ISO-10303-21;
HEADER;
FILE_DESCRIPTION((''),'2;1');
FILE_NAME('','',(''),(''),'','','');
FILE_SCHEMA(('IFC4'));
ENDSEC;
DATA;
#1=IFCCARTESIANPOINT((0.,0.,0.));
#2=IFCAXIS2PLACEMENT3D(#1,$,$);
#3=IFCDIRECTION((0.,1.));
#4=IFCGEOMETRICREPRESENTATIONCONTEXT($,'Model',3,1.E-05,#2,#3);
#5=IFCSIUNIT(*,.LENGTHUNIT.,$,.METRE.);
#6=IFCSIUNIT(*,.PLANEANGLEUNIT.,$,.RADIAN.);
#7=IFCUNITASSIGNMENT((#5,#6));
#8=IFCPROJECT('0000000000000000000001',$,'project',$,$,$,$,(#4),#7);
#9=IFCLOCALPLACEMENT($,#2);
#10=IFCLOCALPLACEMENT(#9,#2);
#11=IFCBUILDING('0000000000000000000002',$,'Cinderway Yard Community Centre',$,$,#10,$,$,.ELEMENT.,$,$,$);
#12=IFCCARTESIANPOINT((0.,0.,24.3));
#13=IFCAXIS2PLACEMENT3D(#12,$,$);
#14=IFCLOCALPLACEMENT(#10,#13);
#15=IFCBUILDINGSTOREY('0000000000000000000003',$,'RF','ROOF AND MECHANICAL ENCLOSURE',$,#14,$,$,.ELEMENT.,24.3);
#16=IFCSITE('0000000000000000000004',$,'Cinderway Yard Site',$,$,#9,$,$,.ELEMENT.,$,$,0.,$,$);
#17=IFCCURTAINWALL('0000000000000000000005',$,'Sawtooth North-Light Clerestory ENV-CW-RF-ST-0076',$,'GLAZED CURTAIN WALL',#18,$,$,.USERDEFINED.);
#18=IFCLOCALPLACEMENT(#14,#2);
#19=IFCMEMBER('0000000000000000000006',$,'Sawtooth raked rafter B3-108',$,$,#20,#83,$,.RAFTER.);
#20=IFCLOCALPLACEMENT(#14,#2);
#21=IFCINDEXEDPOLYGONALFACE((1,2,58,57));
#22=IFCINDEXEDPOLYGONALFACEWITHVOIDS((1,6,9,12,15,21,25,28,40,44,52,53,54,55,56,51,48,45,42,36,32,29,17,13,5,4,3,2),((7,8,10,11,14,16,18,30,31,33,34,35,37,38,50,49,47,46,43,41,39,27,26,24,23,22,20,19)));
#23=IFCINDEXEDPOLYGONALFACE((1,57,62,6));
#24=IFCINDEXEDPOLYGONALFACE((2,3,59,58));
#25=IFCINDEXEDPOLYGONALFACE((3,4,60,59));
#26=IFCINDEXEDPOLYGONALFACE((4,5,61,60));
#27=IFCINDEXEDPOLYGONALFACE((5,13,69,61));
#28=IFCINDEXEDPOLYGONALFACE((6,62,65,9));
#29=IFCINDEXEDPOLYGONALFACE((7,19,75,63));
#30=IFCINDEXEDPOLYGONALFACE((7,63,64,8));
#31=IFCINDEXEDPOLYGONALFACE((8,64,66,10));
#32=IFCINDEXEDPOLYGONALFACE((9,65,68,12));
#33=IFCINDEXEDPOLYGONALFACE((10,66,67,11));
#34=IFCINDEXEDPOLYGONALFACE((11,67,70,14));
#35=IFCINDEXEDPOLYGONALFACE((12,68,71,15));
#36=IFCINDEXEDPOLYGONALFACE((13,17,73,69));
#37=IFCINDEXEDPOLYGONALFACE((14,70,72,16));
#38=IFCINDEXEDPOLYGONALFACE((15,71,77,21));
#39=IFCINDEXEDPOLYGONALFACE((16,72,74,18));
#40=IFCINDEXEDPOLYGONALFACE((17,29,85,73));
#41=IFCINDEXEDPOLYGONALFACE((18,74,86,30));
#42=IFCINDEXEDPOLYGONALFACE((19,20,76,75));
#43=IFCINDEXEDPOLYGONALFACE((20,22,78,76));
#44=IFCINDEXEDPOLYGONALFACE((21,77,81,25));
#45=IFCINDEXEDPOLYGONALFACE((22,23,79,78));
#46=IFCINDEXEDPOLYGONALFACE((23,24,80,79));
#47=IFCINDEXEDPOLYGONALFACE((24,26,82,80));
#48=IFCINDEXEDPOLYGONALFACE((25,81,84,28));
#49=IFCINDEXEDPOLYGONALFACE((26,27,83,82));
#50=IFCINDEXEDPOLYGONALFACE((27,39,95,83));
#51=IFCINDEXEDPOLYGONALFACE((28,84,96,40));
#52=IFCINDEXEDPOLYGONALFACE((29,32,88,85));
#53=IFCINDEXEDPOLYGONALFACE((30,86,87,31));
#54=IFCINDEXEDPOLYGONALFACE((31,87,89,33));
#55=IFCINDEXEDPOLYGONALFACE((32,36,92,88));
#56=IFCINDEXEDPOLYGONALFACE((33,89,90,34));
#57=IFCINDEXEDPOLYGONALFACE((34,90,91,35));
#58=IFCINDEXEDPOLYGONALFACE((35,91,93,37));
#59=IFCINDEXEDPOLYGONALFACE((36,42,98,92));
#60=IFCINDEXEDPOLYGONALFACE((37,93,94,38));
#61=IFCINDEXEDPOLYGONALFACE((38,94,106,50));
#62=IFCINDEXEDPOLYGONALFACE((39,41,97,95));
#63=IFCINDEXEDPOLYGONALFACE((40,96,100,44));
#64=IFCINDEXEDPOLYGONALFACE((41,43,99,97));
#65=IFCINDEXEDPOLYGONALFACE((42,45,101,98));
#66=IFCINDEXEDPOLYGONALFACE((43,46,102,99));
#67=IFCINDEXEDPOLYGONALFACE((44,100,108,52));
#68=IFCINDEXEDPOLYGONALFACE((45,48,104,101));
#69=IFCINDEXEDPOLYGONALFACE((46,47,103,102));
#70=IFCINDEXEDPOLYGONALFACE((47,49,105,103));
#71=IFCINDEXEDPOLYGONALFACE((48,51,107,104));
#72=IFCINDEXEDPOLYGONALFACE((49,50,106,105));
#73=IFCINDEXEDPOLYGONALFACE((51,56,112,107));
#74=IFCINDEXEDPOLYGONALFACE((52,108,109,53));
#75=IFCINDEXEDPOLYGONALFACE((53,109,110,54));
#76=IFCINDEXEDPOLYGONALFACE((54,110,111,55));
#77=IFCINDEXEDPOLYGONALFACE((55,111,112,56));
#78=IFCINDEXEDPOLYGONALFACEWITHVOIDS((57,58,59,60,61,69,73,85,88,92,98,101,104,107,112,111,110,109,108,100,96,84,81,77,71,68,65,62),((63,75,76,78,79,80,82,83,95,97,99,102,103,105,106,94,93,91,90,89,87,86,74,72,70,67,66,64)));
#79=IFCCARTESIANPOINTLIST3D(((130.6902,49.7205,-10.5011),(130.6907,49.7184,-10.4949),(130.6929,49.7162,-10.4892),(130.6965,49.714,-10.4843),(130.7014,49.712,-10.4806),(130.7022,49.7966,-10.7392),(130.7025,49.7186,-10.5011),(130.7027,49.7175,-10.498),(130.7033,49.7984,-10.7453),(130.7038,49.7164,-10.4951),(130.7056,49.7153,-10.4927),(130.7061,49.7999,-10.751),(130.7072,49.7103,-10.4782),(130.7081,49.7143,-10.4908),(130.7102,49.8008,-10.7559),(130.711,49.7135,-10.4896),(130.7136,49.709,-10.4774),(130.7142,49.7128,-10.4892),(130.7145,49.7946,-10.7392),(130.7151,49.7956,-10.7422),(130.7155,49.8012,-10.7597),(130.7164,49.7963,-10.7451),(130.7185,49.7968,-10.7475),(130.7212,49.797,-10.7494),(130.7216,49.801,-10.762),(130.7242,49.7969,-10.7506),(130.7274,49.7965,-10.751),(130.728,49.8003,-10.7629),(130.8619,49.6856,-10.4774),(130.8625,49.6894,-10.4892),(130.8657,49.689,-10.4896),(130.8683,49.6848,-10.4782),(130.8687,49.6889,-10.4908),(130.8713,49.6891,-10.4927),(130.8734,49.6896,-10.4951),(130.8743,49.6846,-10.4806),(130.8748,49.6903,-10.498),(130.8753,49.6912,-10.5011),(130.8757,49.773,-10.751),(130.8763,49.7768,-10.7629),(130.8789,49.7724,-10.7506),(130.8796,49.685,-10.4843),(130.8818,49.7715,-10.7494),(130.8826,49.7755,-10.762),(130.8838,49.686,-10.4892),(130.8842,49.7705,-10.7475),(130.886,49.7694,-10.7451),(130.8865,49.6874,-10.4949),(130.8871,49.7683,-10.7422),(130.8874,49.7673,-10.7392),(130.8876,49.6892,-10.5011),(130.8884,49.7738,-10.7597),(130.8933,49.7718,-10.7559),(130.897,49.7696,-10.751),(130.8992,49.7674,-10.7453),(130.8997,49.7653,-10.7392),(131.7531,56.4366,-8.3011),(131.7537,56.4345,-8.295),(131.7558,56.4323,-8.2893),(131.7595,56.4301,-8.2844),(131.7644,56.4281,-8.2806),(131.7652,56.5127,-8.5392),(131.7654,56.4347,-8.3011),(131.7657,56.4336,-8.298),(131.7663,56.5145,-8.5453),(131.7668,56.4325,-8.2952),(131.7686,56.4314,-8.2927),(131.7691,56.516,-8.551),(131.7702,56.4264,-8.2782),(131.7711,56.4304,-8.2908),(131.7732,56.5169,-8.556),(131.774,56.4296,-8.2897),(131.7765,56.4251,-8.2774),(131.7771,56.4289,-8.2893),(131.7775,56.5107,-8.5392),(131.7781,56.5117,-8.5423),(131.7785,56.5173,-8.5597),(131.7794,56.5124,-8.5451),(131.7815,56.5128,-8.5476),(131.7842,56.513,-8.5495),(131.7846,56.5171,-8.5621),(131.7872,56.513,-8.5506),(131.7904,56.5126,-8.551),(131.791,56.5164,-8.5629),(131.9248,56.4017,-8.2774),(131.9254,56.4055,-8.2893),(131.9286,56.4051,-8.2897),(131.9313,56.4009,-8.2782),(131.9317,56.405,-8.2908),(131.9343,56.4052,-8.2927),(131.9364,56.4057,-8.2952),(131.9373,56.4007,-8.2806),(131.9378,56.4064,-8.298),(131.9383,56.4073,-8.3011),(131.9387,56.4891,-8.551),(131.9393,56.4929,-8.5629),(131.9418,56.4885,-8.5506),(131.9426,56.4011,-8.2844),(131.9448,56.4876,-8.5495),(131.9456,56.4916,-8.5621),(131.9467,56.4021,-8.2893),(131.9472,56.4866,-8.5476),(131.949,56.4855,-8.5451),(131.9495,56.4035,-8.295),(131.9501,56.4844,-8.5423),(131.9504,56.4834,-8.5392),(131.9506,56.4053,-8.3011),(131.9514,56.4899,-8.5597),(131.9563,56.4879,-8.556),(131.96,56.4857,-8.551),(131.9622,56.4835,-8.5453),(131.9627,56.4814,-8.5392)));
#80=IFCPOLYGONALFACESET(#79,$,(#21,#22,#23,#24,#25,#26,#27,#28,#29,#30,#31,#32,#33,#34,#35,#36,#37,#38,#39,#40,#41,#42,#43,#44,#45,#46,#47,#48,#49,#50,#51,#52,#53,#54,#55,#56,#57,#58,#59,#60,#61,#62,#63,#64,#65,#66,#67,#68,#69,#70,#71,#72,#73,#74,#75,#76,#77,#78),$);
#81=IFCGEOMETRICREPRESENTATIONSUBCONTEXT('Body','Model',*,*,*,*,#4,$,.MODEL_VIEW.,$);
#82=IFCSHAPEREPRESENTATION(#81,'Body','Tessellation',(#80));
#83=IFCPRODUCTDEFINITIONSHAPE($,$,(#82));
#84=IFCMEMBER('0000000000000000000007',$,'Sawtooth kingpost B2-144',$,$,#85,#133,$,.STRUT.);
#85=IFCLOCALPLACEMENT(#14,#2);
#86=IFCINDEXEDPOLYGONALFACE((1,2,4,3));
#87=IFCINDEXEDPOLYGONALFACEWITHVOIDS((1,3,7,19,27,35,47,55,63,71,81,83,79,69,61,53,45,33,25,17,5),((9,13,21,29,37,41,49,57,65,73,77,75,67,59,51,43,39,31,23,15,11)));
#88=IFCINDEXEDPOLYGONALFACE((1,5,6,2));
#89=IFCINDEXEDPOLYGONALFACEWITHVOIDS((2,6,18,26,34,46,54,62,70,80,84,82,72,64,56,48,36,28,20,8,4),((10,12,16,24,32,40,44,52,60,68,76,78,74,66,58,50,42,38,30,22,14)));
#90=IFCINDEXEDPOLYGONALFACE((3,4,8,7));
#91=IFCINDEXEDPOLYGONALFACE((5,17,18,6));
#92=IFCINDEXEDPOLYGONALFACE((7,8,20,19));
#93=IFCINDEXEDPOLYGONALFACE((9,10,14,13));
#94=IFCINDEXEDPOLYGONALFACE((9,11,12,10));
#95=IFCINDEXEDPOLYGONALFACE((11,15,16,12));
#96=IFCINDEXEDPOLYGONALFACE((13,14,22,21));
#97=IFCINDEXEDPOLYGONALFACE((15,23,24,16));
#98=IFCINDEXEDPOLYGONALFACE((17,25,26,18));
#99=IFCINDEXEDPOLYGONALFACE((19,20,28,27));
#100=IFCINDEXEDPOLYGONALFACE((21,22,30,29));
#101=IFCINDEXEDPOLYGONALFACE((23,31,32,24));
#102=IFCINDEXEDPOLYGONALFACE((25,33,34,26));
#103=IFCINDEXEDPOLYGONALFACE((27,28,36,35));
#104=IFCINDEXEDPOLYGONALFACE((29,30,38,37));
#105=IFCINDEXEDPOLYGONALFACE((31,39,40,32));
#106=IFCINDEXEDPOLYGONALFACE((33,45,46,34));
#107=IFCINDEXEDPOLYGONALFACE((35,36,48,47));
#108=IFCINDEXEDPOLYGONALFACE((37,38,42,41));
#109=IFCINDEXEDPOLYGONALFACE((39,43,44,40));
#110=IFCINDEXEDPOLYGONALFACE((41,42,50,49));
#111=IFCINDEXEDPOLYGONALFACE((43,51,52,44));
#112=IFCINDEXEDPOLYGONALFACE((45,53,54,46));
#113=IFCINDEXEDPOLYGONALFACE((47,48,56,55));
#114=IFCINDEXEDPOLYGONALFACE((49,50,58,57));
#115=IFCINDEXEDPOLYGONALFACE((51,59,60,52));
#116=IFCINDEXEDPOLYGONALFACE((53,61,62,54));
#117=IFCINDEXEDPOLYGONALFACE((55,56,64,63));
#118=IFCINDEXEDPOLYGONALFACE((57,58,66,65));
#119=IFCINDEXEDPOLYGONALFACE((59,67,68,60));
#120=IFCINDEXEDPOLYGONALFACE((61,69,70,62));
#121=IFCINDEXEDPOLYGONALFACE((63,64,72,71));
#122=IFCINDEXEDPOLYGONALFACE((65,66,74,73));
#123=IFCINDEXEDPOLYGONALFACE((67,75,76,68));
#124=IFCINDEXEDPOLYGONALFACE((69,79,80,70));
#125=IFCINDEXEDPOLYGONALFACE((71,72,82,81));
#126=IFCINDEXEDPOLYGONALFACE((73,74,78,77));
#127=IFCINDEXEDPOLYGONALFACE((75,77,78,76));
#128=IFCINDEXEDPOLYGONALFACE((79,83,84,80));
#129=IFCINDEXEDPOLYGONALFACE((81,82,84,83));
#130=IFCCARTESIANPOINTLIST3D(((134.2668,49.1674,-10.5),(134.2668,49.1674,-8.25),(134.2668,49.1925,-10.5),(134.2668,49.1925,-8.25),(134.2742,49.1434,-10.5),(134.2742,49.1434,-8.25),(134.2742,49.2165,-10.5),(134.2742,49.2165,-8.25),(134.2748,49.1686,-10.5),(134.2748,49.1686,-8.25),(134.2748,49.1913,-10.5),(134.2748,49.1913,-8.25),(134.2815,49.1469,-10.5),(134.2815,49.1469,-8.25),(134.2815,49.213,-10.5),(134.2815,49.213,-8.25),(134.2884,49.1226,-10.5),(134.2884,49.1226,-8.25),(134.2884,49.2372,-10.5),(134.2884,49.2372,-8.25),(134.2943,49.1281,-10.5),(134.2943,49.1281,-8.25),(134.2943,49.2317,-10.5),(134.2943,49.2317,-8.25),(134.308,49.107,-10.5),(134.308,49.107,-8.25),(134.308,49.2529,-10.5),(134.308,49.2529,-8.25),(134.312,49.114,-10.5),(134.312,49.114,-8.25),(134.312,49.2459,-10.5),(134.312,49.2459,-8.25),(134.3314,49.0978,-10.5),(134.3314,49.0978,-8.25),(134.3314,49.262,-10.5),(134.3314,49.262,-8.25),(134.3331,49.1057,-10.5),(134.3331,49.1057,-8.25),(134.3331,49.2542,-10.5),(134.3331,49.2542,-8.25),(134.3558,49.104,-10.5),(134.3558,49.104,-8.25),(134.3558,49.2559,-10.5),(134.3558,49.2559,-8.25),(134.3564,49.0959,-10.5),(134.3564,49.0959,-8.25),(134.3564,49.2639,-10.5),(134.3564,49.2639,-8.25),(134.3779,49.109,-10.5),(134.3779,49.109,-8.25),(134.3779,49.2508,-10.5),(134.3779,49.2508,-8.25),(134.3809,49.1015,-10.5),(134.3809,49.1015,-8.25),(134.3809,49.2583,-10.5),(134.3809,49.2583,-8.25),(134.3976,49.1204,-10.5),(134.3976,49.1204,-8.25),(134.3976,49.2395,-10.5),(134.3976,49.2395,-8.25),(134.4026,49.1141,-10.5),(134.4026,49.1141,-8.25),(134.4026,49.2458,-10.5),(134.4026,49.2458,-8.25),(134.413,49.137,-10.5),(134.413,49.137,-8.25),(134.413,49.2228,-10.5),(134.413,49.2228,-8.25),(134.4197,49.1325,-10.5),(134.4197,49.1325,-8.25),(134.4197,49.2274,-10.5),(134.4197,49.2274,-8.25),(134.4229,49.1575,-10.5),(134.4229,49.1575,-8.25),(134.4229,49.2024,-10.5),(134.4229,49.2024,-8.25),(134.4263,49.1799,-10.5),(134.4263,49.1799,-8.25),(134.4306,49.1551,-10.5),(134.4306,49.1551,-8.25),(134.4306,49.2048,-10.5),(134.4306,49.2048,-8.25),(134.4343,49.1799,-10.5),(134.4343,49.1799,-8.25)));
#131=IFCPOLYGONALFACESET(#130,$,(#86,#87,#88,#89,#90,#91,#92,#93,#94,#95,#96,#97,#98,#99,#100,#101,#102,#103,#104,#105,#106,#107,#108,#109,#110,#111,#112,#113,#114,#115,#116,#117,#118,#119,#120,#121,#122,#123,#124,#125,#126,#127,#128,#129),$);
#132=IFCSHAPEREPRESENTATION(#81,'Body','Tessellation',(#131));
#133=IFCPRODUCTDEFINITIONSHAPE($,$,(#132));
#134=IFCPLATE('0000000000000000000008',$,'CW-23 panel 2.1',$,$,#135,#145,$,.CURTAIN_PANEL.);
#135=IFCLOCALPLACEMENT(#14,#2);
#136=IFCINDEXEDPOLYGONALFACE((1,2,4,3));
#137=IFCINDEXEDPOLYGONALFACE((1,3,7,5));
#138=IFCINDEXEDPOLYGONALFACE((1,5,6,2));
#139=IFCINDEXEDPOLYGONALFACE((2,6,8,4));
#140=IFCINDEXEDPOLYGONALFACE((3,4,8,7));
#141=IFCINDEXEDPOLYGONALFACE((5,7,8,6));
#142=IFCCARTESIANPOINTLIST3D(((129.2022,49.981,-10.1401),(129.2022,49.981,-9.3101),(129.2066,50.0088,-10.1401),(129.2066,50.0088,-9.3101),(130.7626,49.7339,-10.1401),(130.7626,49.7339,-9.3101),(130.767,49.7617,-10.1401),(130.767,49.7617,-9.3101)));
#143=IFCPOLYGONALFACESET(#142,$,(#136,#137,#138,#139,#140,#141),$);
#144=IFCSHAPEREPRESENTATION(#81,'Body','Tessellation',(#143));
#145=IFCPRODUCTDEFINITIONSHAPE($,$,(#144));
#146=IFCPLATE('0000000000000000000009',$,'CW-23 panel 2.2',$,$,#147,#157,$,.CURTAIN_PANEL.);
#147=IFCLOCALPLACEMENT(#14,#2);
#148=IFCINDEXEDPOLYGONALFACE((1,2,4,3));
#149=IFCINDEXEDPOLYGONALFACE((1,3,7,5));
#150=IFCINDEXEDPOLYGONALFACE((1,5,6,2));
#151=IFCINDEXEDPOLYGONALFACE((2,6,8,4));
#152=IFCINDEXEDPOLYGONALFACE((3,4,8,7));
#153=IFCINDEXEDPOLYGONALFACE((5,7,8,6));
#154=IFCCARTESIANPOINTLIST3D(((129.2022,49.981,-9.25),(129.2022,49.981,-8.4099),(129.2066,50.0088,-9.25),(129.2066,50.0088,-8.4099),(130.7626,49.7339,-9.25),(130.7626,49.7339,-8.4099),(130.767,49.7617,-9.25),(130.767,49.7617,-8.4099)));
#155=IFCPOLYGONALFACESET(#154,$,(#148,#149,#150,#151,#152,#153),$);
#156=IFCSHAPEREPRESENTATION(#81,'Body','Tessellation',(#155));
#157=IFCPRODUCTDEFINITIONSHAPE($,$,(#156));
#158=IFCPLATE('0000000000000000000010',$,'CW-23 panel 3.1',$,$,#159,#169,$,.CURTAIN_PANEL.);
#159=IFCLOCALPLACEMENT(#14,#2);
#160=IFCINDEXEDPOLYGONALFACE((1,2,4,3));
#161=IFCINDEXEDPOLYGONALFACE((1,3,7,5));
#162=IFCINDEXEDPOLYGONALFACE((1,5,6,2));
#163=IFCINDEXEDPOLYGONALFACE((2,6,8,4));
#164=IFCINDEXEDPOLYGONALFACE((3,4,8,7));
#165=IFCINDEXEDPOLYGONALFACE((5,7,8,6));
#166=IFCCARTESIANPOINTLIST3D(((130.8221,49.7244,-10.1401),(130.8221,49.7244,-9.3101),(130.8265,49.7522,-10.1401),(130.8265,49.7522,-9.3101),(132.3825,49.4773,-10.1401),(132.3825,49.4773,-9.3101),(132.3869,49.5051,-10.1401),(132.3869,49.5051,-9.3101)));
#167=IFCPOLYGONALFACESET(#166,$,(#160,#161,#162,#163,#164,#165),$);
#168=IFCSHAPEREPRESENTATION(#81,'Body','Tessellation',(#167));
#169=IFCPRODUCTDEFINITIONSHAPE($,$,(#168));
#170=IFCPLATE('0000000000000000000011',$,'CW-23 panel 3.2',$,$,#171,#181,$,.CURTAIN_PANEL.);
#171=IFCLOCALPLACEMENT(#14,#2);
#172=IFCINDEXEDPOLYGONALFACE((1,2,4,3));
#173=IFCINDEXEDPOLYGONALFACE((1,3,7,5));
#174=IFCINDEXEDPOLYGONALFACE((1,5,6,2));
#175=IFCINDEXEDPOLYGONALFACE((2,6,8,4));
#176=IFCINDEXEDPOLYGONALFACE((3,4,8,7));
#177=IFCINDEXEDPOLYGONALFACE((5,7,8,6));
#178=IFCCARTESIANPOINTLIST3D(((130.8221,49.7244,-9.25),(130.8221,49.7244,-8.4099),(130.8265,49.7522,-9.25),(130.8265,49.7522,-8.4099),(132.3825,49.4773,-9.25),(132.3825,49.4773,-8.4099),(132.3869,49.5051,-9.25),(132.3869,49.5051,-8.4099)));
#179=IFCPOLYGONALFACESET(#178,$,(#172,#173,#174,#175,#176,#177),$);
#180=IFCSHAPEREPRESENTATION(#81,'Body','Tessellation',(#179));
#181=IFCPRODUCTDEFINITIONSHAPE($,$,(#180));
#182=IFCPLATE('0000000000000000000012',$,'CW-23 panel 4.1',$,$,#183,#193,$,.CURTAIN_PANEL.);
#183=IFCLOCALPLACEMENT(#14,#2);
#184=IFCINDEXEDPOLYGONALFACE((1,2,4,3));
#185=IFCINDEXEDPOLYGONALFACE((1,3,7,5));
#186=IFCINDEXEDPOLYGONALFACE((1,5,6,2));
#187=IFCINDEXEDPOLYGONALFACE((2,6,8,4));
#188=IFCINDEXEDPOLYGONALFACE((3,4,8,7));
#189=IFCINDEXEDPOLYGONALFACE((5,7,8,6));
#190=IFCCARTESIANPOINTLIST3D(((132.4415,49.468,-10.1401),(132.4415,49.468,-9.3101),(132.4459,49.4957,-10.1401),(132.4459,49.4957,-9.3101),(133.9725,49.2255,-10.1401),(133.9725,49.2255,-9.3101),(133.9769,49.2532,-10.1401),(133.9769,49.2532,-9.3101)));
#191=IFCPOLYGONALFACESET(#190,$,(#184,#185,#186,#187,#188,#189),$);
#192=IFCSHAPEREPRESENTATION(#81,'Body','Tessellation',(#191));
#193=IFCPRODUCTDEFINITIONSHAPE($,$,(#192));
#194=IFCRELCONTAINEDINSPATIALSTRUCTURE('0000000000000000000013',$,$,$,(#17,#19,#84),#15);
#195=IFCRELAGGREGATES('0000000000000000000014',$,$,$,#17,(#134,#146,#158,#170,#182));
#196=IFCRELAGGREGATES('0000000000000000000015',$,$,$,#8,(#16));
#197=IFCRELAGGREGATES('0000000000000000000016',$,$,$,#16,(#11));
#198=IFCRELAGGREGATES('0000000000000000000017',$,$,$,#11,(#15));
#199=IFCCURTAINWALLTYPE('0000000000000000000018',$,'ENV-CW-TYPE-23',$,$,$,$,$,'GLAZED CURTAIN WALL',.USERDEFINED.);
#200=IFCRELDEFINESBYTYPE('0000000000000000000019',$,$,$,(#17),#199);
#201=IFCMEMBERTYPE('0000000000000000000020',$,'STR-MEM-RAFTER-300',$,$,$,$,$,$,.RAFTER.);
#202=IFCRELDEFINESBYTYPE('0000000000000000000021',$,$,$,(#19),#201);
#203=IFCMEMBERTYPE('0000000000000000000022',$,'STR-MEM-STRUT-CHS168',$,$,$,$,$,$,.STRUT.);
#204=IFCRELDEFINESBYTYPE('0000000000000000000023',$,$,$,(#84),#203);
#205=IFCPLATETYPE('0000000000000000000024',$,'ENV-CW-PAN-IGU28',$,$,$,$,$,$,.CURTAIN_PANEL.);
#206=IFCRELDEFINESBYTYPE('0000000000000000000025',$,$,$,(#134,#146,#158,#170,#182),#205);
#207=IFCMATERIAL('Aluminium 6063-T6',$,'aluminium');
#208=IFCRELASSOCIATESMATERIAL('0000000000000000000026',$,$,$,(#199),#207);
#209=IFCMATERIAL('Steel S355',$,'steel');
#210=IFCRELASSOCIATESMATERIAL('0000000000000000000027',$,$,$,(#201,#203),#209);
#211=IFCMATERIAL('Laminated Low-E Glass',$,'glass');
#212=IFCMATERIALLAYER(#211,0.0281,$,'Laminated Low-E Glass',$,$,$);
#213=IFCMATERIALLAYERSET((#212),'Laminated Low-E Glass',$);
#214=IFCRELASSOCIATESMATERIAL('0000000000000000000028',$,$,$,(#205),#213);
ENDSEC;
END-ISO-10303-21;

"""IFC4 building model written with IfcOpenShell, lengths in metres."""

from ifc_helpers import new_model, si_unit, direction, frame, origin, origin_2d, place, context, subcontext, project, spatial, rectangle, hollow_rectangle, hollow_circle, extrude, material, layer, layer_set, material_profile, profile_set, type_object, element, aggregate, save


model = new_model("IFC4")

# Units and contexts
model_context = context("Model", 3, precision=1e-05, world=origin(), true_north=direction((0.0, 1.0)))
body_context = subcontext(model_context, "Body", "Model", "MODEL_VIEW")
ifc_project = project(units=[si_unit("LENGTHUNIT", "METRE"), si_unit("PLANEANGLEUNIT", "RADIAN")], contexts=[model_context])

# Site, building, storey
site_placement = place(None, origin())
site = spatial("IfcSite", under=ifc_project, at=site_placement, Name="Cinderway Yard Site", CompositionType="ELEMENT", RefElevation=0.0)
building_placement = place(site_placement, origin())
building = spatial("IfcBuilding", under=site, at=building_placement, Name="Cinderway Yard Community Centre", CompositionType="ELEMENT")
storey_placement = place(building_placement, frame((0.0, 0.0, 24.3)))
storey = spatial("IfcBuildingStorey", under=building, at=storey_placement, Name="RF", Description="ROOF AND MECHANICAL ENCLOSURE", CompositionType="ELEMENT", Elevation=24.3)

# Curtain wall
ifc_material_1 = material(Name="Aluminium 6063-T6", Category="aluminium")
curtain_wall_type = type_object("IfcCurtainWallType", Name="ENV-CW-TYPE-23", ElementType="GLAZED CURTAIN WALL", PredefinedType="USERDEFINED", material=ifc_material_1)
curtain_wall_1_placement = place(storey_placement, origin())
curtain_wall_1 = element("IfcCurtainWall", 1, at=curtain_wall_1_placement, inside=storey, type_object=curtain_wall_type, Name="Sawtooth North-Light Clerestory ENV-CW-RF-ST-0076", ObjectType="GLAZED CURTAIN WALL", PredefinedType="USERDEFINED")

# Members
ifc_material_2 = material(Name="Steel S355", Category="steel")
ifc_material_profile_1 = material_profile(ifc_material_2, hollow_rectangle(XDim=0.2, YDim=0.3, WallThickness=0.0125, InnerFilletRadius=0.0125, OuterFilletRadius=0.0249, at=origin_2d()), Name="Steel S355")
ifc_profile_set_1 = profile_set([ifc_material_profile_1], Name="Steel S355")
member_type_1 = type_object("IfcMemberType", Name="STR-MEM-RAFTER-300", PredefinedType="RAFTER", material=ifc_profile_set_1)
member_1_placement = place(storey_placement, frame((130.7949, 49.7429, -10.6201), z_axis=(0.148738, 0.939744, 0.307828), x_axis=(-0.987705, 0.156329, 0.0)))
element("IfcMember", 2, at=member_1_placement, inside=storey, type_object=member_type_1, Name="Sawtooth raked rafter B3-108", PredefinedType="RAFTER", context=body_context, shape_type="SweptSolid", body=[
    extrude(hollow_rectangle(XDim=0.2, YDim=0.3, WallThickness=0.0125, InnerFilletRadius=0.0125, OuterFilletRadius=0.0249, at=origin_2d()), origin(), (0.0, 0.0, 1.0), 7.1467),
])
ifc_material_profile_2 = material_profile(ifc_material_2, hollow_circle(Radius=0.0842, WallThickness=0.0081, at=origin_2d()), Name="Steel S355")
ifc_profile_set_2 = profile_set([ifc_material_profile_2], Name="Steel S355")
member_type_2 = type_object("IfcMemberType", Name="STR-MEM-STRUT-CHS168", PredefinedType="STRUT", material=ifc_profile_set_2)
member_2_placement = place(storey_placement, frame((134.3501, 49.1799, -10.5), z_axis=(0.0, 0.0, 1.0), x_axis=(1.0, 0.0, 0.0)))
element("IfcMember", 3, at=member_2_placement, inside=storey, type_object=member_type_2, Name="Sawtooth kingpost B2-144", PredefinedType="STRUT", context=body_context, shape_type="SweptSolid", body=[
    extrude(hollow_circle(Radius=0.0842, WallThickness=0.0081, at=origin_2d()), origin(), (0.0, 0.0, 1.0), 2.25),
])

# Plates
ifc_material_3 = material(Name="Laminated Low-E Glass", Category="glass")
ifc_layer_1 = layer(ifc_material_3, 0.0281, Name="Laminated Low-E Glass")
ifc_layer_set_1 = layer_set([ifc_layer_1], Name="Laminated Low-E Glass")
plate_type_1 = type_object("IfcPlateType", Name="ENV-CW-PAN-IGU28", PredefinedType="CURTAIN_PANEL", material=ifc_layer_set_1)
plate_1_placement = place(storey_placement, frame((129.9846, 49.8713, -10.1401), z_axis=(0.0, 0.0, 1.0), x_axis=(0.987692, -0.156409, 0.0)))
plate_1 = element("IfcPlate", 4, at=plate_1_placement, type_object=plate_type_1, Name="CW-23 panel 2.1", PredefinedType="CURTAIN_PANEL", context=body_context, shape_type="SweptSolid", body=[
    extrude(rectangle(XDim=1.5798, YDim=0.0281, at=origin_2d()), origin(), (0.0, 0.0, 1.0), 0.8301),
])
plate_2_placement = place(storey_placement, frame((129.9846, 49.8713, -9.25), z_axis=(0.0, 0.0, 1.0), x_axis=(0.987692, -0.156409, 0.0)))
plate_2 = element("IfcPlate", 5, at=plate_2_placement, type_object=plate_type_1, Name="CW-23 panel 2.2", PredefinedType="CURTAIN_PANEL", context=body_context, shape_type="SweptSolid", body=[
    extrude(rectangle(XDim=1.5798, YDim=0.0281, at=origin_2d()), origin(), (0.0, 0.0, 1.0), 0.8401),
])
plate_3_placement = place(storey_placement, frame((131.6045, 49.6147, -10.1401), z_axis=(0.0, 0.0, 1.0), x_axis=(0.987692, -0.156409, 0.0)))
plate_3 = element("IfcPlate", 6, at=plate_3_placement, type_object=plate_type_1, Name="CW-23 panel 3.1", PredefinedType="CURTAIN_PANEL", context=body_context, shape_type="SweptSolid", body=[
    extrude(rectangle(XDim=1.5798, YDim=0.0281, at=origin_2d()), origin(), (0.0, 0.0, 1.0), 0.8301),
])
plate_4_placement = place(storey_placement, frame((131.6045, 49.6147, -9.25), z_axis=(0.0, 0.0, 1.0), x_axis=(0.987692, -0.156409, 0.0)))
plate_4 = element("IfcPlate", 7, at=plate_4_placement, type_object=plate_type_1, Name="CW-23 panel 3.2", PredefinedType="CURTAIN_PANEL", context=body_context, shape_type="SweptSolid", body=[
    extrude(rectangle(XDim=1.5798, YDim=0.0281, at=origin_2d()), origin(), (0.0, 0.0, 1.0), 0.8401),
])
plate_5_placement = place(storey_placement, frame((133.2092, 49.3606, -10.1401), z_axis=(0.0, 0.0, 1.0), x_axis=(0.987692, -0.156409, 0.0)))
plate_5 = element("IfcPlate", 8, at=plate_5_placement, type_object=plate_type_1, Name="CW-23 panel 4.1", PredefinedType="CURTAIN_PANEL", context=body_context, shape_type="SweptSolid", body=[
    extrude(rectangle(XDim=1.55, YDim=0.0281, at=origin_2d()), origin(), (0.0, 0.0, 1.0), 0.8301),
])
aggregate(curtain_wall_1, [plate_1, plate_2, plate_3, plate_4, plate_5])

save(model, "model.ifc")
